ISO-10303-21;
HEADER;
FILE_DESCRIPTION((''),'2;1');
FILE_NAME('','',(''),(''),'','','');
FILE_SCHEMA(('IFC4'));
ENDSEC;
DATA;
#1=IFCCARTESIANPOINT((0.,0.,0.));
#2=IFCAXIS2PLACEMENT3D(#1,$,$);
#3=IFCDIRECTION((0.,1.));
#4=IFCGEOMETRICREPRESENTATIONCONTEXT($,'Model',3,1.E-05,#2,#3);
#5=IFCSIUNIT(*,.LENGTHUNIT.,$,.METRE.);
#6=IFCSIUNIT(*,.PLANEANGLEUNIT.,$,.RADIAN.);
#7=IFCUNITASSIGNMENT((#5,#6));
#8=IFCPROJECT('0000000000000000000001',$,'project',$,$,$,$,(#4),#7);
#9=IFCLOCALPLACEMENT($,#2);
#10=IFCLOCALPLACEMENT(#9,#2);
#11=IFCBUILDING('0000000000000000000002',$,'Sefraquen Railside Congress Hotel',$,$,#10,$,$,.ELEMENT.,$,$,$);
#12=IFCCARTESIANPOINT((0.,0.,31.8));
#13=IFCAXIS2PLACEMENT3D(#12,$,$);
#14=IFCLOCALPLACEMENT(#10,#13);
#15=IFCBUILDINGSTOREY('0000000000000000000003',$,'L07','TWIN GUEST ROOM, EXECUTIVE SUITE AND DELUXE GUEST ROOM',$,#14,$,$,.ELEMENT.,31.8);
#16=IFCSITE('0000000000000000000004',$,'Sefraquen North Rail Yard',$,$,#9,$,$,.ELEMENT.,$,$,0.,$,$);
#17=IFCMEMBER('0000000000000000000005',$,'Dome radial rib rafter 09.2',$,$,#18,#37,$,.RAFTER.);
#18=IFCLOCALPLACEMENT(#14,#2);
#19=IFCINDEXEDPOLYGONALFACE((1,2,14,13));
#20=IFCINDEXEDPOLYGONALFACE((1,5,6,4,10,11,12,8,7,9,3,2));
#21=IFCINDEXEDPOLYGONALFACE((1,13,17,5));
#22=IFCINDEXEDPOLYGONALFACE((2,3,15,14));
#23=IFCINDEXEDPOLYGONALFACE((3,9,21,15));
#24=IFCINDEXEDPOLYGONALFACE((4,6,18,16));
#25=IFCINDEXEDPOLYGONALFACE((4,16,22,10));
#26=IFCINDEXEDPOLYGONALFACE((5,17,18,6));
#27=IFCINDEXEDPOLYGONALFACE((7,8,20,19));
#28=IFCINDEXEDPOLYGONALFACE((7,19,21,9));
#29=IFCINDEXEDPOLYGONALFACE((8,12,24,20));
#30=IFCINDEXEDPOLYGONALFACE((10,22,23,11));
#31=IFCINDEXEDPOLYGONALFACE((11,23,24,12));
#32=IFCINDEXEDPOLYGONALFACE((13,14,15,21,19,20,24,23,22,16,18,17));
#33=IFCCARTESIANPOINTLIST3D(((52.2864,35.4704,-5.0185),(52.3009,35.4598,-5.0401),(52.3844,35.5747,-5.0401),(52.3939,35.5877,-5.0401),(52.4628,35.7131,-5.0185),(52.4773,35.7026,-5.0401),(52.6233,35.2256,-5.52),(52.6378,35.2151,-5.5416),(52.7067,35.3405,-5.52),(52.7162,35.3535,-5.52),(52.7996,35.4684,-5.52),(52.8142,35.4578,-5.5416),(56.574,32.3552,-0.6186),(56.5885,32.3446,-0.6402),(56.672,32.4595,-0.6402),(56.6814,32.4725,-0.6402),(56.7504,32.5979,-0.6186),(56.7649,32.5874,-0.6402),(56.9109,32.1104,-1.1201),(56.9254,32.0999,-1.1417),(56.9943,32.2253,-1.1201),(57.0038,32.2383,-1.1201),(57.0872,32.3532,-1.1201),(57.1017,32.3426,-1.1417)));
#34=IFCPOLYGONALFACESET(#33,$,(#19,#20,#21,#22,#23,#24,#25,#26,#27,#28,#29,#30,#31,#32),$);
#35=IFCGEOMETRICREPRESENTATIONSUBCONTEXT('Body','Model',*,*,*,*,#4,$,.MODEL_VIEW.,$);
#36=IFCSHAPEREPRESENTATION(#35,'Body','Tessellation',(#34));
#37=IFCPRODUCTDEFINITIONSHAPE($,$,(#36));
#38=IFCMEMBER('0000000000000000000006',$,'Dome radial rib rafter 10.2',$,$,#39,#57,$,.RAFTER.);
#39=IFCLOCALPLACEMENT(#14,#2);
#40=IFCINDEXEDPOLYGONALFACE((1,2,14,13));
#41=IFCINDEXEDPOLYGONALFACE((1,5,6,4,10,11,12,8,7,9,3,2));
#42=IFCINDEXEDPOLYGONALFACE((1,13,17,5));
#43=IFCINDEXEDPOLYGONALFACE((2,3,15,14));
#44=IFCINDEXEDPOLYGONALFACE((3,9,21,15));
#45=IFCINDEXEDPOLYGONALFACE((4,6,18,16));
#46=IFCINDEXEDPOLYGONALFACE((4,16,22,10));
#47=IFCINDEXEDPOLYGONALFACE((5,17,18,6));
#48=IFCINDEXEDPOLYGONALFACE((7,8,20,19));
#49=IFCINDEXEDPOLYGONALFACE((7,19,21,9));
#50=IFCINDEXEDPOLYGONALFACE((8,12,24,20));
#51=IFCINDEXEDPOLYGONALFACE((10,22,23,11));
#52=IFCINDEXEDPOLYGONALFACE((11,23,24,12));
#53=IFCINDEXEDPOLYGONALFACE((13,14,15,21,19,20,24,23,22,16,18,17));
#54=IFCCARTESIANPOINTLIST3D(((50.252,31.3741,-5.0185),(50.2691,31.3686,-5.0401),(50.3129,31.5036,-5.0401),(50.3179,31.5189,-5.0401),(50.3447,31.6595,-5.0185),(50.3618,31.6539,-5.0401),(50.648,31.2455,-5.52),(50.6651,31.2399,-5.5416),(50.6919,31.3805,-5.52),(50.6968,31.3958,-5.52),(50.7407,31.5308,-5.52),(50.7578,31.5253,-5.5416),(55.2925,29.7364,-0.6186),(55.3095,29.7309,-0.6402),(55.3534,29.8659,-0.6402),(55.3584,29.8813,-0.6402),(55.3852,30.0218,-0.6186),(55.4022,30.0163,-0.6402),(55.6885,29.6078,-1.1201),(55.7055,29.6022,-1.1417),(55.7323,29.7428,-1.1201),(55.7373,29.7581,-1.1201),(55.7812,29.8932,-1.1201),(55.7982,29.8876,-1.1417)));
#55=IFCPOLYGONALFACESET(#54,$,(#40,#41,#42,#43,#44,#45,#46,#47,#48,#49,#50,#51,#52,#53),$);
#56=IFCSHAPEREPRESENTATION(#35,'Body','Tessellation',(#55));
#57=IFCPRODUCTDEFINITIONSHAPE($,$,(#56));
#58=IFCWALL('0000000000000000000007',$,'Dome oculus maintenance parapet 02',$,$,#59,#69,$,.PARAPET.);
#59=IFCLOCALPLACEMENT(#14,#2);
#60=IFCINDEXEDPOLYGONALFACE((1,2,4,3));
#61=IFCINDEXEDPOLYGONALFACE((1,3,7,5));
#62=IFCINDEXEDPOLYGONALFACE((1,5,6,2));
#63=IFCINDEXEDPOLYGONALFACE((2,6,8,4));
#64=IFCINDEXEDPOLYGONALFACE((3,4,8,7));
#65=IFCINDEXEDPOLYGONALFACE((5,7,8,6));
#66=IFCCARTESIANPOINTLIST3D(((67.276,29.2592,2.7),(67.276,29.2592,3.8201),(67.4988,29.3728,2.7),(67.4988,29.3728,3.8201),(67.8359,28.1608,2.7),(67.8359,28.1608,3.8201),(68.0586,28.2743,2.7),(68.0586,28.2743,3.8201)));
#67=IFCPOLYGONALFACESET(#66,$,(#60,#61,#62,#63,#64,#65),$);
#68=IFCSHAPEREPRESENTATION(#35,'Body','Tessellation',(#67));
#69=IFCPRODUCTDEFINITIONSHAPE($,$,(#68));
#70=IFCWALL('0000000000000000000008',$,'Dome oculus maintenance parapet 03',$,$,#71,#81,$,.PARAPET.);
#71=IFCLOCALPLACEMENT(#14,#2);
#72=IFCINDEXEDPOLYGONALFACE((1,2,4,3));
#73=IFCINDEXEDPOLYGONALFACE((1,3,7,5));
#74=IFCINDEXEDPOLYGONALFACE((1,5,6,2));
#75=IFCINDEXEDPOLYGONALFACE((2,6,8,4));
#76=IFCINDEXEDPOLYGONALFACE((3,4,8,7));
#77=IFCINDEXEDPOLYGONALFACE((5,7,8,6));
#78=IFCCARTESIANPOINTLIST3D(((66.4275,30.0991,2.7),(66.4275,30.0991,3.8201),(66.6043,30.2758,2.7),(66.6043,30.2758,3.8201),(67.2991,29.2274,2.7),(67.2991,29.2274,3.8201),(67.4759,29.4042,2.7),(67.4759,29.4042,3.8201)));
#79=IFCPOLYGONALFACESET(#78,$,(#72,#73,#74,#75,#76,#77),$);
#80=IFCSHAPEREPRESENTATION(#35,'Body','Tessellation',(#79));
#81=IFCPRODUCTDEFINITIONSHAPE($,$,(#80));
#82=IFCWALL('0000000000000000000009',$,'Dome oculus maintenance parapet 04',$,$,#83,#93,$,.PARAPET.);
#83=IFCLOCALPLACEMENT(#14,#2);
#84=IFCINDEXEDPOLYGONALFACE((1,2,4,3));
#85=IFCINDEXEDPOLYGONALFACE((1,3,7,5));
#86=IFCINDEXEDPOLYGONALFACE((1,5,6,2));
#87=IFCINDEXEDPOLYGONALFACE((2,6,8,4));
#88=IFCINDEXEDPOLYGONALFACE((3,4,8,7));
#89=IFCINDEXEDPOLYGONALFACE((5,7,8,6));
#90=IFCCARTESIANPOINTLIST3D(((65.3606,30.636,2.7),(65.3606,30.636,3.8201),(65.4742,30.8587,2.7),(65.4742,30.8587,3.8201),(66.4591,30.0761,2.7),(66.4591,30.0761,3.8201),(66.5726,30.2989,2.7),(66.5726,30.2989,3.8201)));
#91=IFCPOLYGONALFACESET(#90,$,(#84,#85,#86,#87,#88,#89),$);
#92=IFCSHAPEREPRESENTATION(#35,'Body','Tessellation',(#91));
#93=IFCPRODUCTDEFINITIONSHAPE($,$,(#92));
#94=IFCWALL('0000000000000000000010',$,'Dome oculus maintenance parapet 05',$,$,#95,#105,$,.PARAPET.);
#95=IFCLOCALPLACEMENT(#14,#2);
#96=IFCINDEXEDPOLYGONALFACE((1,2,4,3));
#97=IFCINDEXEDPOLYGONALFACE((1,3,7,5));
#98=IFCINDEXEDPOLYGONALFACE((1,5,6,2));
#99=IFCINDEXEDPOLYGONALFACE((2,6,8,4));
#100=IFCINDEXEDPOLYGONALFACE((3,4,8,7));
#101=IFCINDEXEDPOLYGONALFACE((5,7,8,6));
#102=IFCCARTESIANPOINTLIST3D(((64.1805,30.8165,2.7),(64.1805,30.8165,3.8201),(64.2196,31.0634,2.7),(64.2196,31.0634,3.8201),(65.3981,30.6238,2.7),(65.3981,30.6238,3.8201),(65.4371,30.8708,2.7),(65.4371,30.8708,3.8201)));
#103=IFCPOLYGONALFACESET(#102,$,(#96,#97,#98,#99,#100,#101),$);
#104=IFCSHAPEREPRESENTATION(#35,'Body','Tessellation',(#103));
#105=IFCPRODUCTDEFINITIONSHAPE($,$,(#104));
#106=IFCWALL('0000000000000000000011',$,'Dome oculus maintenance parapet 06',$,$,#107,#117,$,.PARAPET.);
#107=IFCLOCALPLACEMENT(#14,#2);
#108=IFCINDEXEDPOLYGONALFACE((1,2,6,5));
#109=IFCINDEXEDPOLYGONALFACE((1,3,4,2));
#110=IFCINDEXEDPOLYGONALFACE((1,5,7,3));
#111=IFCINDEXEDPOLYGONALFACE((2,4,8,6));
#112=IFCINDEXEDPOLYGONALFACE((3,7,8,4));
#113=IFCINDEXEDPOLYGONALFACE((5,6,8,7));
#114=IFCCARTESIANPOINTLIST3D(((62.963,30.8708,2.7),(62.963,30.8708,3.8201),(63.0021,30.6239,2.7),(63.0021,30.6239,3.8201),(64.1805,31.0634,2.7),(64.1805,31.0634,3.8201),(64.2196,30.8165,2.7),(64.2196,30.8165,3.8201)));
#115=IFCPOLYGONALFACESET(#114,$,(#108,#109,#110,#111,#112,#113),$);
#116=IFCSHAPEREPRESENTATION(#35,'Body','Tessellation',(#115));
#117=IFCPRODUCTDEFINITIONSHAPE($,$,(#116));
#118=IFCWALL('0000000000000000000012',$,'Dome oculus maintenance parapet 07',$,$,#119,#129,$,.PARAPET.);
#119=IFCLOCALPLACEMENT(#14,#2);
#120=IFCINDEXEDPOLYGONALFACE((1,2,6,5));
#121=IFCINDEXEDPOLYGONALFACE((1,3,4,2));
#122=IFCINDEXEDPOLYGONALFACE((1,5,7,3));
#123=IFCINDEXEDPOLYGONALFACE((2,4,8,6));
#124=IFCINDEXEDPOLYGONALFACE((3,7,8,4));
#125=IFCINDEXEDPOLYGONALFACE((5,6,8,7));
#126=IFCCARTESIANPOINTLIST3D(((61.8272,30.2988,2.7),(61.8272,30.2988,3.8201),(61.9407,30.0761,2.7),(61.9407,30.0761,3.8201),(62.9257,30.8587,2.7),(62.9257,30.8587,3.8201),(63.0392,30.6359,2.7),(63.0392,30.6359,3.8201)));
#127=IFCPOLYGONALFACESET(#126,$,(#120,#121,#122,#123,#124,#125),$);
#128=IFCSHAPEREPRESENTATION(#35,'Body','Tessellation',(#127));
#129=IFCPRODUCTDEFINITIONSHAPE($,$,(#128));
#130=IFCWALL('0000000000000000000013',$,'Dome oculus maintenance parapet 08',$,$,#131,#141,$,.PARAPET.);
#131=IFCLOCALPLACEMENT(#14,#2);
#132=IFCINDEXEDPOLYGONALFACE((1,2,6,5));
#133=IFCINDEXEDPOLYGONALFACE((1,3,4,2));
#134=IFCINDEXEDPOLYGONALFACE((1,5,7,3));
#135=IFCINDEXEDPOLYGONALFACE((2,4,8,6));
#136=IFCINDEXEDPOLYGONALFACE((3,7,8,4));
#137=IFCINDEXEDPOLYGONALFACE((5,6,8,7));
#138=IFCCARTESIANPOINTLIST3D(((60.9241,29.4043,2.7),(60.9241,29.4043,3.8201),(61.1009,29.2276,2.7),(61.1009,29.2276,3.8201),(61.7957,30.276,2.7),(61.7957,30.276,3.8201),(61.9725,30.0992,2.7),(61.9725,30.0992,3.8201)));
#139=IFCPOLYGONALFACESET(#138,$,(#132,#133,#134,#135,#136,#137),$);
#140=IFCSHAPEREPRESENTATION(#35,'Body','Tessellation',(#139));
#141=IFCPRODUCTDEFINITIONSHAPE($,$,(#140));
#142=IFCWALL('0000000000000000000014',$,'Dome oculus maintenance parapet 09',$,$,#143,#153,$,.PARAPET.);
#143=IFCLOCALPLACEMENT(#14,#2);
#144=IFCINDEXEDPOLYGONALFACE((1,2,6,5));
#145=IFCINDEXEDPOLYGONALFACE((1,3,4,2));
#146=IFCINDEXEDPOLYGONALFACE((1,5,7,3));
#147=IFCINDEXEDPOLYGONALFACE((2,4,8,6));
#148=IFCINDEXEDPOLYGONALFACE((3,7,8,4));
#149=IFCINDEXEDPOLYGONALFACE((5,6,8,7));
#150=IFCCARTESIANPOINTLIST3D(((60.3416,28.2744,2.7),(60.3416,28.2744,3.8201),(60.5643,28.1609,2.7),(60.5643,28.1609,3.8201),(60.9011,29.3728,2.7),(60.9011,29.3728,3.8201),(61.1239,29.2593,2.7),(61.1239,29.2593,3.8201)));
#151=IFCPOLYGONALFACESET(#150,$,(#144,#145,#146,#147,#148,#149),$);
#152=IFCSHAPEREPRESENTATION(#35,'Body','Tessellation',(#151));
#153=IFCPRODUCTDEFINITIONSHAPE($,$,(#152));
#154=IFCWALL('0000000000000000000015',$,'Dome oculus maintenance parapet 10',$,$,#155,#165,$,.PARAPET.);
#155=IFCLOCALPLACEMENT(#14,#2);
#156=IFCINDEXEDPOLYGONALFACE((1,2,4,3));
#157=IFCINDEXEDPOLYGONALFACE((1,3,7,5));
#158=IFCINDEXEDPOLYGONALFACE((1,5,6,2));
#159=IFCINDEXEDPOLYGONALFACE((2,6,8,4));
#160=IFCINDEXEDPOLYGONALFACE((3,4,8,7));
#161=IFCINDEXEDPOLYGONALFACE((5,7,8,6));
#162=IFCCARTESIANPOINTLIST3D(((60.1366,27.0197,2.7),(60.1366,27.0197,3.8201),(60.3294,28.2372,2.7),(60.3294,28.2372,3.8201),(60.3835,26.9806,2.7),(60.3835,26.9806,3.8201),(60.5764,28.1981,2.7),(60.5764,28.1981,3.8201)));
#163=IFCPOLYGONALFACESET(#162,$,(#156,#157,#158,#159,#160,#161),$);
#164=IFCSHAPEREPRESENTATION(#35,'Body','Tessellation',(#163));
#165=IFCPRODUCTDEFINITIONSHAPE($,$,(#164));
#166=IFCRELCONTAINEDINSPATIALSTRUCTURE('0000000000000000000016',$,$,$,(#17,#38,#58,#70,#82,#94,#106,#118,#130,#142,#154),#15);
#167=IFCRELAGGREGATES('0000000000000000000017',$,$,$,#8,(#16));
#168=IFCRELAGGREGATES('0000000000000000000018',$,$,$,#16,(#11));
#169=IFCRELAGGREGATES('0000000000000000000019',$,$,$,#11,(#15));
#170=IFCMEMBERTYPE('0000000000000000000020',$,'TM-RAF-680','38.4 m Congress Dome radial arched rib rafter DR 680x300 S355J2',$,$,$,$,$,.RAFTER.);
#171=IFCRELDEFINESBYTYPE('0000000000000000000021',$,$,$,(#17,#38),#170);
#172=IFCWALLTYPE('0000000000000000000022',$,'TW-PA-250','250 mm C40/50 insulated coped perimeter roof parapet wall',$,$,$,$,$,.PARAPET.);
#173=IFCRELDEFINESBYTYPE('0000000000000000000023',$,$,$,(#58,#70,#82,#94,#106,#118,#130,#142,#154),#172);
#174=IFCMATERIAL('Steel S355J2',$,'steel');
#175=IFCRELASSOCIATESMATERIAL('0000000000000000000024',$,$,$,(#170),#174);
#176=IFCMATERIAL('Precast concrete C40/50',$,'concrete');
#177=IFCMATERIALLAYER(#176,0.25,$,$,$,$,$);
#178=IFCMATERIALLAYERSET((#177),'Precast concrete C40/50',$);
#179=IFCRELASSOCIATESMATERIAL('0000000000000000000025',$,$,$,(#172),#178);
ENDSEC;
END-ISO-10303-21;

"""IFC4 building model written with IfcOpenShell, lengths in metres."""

from ifc_helpers import new_model, si_unit, direction, frame, frame_2d, origin, origin_2d, place, context, subcontext, project, spatial, rectangle, i_section, extrude, material, layer, layer_set, material_profile, profile_set, type_object, element, save


model = new_model("IFC4")

# Units and contexts
model_context = context("Model", 3, precision=1e-05, world=origin(), true_north=direction((0.0, 1.0)))
body_context = subcontext(model_context, "Body", "Model", "MODEL_VIEW")
ifc_project = project(units=[si_unit("LENGTHUNIT", "METRE"), si_unit("PLANEANGLEUNIT", "RADIAN")], contexts=[model_context])

# Site, building, storey
site_placement = place(None, origin())
site = spatial("IfcSite", under=ifc_project, at=site_placement, Name="Sefraquen North Rail Yard", CompositionType="ELEMENT", RefElevation=0.0)
building_placement = place(site_placement, origin())
building = spatial("IfcBuilding", under=site, at=building_placement, Name="Sefraquen Railside Congress Hotel", CompositionType="ELEMENT")
storey_placement = place(building_placement, frame((0.0, 0.0, 31.8)))
storey = spatial("IfcBuildingStorey", under=building, at=storey_placement, Name="L07", Description="TWIN GUEST ROOM, EXECUTIVE SUITE AND DELUXE GUEST ROOM", CompositionType="ELEMENT", Elevation=31.8)

# Members
ifc_material_1 = material(Name="Steel S355J2", Category="steel")
ifc_material_profile_1 = material_profile(ifc_material_1, i_section(OverallWidth=0.3, OverallDepth=0.6799, WebThickness=0.0161, FlangeThickness=0.0281, at=origin_2d()), Name="DR 680x300")
ifc_profile_set_1 = profile_set([ifc_material_profile_1], Name="Steel S355J2")
member_type_1 = type_object("IfcMemberType", Name="TM-RAF-680", Description="38.4 m Congress Dome radial arched rib rafter DR 680x300 S355J2", PredefinedType="RAFTER", material=ifc_profile_set_1)
for number, where, z_axis, x_axis, name in (
    (1, (52.5503, 35.4641, -5.28), (0.622455, -0.452257, 0.638759), (0.587799, 0.809007, 0.0), "Dome radial rib rafter 09.2"),
    (2, (50.5049, 31.4497, -5.28), (0.731756, -0.237752, 0.638754), (0.309005, 0.95106, 0.0), "Dome radial rib rafter 10.2"),
):
    element("IfcMember", number, at=place(storey_placement, frame(where, z_axis=z_axis, x_axis=x_axis)), inside=storey, type_object=member_type_1, Name=name, PredefinedType="RAFTER", context=body_context, shape_type="SweptSolid", body=[
        extrude(i_section(OverallWidth=0.3, OverallDepth=0.6799, WebThickness=0.0161, FlangeThickness=0.0281, at=origin_2d()), origin(), (0.0, 0.0, 1.0), 6.8882),
    ])

# Walls
ifc_material_2 = material(Name="Precast concrete C40/50", Category="concrete")
ifc_layer = layer(ifc_material_2, 0.25)
ifc_layer_set = layer_set([ifc_layer], Name="Precast concrete C40/50")
wall_type = type_object("IfcWallType", Name="TW-PA-250", Description="250 mm C40/50 insulated coped perimeter roof parapet wall", PredefinedType="PARAPET", material=ifc_layer_set)
wall_1_placement = place(storey_placement, frame((67.9473, 28.2175, 2.7), z_axis=(0.0, 0.0, 1.0), x_axis=(-0.454092, 0.890955, 0.0)))
element("IfcWall", 3, at=wall_1_placement, inside=storey, type_object=wall_type, Name="Dome oculus maintenance parapet 02", PredefinedType="PARAPET", context=body_context, shape_type="SweptSolid", body=[
    extrude(rectangle(XDim=1.2329, YDim=0.25, at=frame_2d((0.6165, 0.0))), origin(), (0.0, 0.0, 1.0), 1.1201),
])
wall_2_placement = place(storey_placement, frame((67.3875, 29.3159, 2.7), z_axis=(0.0, 0.0, 1.0), x_axis=(-0.707107, 0.707107, 0.0)))
element("IfcWall", 4, at=wall_2_placement, inside=storey, type_object=wall_type, Name="Dome oculus maintenance parapet 03", PredefinedType="PARAPET", context=body_context, shape_type="SweptSolid", body=[
    extrude(rectangle(XDim=1.2327, YDim=0.25, at=frame_2d((0.6162, 0.0))), origin(), (0.0, 0.0, 1.0), 1.1201),
])
wall_3_placement = place(storey_placement, frame((66.5159, 30.1875, 2.7), z_axis=(0.0, 0.0, 1.0), x_axis=(-0.890955, 0.454092, 0.0)))
element("IfcWall", 5, at=wall_3_placement, inside=storey, type_object=wall_type, Name="Dome oculus maintenance parapet 04", PredefinedType="PARAPET", context=body_context, shape_type="SweptSolid", body=[
    extrude(rectangle(XDim=1.2329, YDim=0.25, at=frame_2d((0.6165, 0.0))), origin(), (0.0, 0.0, 1.0), 1.1201),
])
for number, where, z_axis, x_axis, name in (
    (6, (65.4175, 30.7473, 2.7), (0.0, 0.0, 1.0), (-0.987715, 0.156268, 0.0), "Dome oculus maintenance parapet 05"),
    (7, (64.2, 30.9399, 2.7), (0.0, 0.0, 1.0), (-0.987715, -0.156268, 0.0), "Dome oculus maintenance parapet 06"),
):
    element("IfcWall", number, at=place(storey_placement, frame(where, z_axis=z_axis, x_axis=x_axis)), inside=storey, type_object=wall_type, Name=name, PredefinedType="PARAPET", context=body_context, shape_type="SweptSolid", body=[
        extrude(rectangle(XDim=1.2327, YDim=0.25, at=frame_2d((0.6162, 0.0))), origin(), (0.0, 0.0, 1.0), 1.1201),
    ])
wall_4_placement = place(storey_placement, frame((62.9824, 30.7473, 2.7), z_axis=(0.0, 0.0, 1.0), x_axis=(-0.890955, -0.454092, 0.0)))
element("IfcWall", 8, at=wall_4_placement, inside=storey, type_object=wall_type, Name="Dome oculus maintenance parapet 07", PredefinedType="PARAPET", context=body_context, shape_type="SweptSolid", body=[
    extrude(rectangle(XDim=1.2329, YDim=0.25, at=frame_2d((0.6165, 0.0))), origin(), (0.0, 0.0, 1.0), 1.1201),
])
for number, where, z_axis, x_axis, name in (
    (9, (61.884, 30.1875, 2.7), (0.0, 0.0, 1.0), (-0.707107, -0.707107, 0.0), "Dome oculus maintenance parapet 08"),
    (10, (61.0125, 29.3159, 2.7), (0.0, 0.0, 1.0), (-0.453935, -0.891035, 0.0), "Dome oculus maintenance parapet 09"),
    (11, (60.4529, 28.2175, 2.7), (0.0, 0.0, 1.0), (-0.156461, -0.987684, 0.0), "Dome oculus maintenance parapet 10"),
):
    element("IfcWall", number, at=place(storey_placement, frame(where, z_axis=z_axis, x_axis=x_axis)), inside=storey, type_object=wall_type, Name=name, PredefinedType="PARAPET", context=body_context, shape_type="SweptSolid", body=[
        extrude(rectangle(XDim=1.2327, YDim=0.25, at=frame_2d((0.6162, 0.0))), origin(), (0.0, 0.0, 1.0), 1.1201),
    ])

save(model, "model.ifc")
